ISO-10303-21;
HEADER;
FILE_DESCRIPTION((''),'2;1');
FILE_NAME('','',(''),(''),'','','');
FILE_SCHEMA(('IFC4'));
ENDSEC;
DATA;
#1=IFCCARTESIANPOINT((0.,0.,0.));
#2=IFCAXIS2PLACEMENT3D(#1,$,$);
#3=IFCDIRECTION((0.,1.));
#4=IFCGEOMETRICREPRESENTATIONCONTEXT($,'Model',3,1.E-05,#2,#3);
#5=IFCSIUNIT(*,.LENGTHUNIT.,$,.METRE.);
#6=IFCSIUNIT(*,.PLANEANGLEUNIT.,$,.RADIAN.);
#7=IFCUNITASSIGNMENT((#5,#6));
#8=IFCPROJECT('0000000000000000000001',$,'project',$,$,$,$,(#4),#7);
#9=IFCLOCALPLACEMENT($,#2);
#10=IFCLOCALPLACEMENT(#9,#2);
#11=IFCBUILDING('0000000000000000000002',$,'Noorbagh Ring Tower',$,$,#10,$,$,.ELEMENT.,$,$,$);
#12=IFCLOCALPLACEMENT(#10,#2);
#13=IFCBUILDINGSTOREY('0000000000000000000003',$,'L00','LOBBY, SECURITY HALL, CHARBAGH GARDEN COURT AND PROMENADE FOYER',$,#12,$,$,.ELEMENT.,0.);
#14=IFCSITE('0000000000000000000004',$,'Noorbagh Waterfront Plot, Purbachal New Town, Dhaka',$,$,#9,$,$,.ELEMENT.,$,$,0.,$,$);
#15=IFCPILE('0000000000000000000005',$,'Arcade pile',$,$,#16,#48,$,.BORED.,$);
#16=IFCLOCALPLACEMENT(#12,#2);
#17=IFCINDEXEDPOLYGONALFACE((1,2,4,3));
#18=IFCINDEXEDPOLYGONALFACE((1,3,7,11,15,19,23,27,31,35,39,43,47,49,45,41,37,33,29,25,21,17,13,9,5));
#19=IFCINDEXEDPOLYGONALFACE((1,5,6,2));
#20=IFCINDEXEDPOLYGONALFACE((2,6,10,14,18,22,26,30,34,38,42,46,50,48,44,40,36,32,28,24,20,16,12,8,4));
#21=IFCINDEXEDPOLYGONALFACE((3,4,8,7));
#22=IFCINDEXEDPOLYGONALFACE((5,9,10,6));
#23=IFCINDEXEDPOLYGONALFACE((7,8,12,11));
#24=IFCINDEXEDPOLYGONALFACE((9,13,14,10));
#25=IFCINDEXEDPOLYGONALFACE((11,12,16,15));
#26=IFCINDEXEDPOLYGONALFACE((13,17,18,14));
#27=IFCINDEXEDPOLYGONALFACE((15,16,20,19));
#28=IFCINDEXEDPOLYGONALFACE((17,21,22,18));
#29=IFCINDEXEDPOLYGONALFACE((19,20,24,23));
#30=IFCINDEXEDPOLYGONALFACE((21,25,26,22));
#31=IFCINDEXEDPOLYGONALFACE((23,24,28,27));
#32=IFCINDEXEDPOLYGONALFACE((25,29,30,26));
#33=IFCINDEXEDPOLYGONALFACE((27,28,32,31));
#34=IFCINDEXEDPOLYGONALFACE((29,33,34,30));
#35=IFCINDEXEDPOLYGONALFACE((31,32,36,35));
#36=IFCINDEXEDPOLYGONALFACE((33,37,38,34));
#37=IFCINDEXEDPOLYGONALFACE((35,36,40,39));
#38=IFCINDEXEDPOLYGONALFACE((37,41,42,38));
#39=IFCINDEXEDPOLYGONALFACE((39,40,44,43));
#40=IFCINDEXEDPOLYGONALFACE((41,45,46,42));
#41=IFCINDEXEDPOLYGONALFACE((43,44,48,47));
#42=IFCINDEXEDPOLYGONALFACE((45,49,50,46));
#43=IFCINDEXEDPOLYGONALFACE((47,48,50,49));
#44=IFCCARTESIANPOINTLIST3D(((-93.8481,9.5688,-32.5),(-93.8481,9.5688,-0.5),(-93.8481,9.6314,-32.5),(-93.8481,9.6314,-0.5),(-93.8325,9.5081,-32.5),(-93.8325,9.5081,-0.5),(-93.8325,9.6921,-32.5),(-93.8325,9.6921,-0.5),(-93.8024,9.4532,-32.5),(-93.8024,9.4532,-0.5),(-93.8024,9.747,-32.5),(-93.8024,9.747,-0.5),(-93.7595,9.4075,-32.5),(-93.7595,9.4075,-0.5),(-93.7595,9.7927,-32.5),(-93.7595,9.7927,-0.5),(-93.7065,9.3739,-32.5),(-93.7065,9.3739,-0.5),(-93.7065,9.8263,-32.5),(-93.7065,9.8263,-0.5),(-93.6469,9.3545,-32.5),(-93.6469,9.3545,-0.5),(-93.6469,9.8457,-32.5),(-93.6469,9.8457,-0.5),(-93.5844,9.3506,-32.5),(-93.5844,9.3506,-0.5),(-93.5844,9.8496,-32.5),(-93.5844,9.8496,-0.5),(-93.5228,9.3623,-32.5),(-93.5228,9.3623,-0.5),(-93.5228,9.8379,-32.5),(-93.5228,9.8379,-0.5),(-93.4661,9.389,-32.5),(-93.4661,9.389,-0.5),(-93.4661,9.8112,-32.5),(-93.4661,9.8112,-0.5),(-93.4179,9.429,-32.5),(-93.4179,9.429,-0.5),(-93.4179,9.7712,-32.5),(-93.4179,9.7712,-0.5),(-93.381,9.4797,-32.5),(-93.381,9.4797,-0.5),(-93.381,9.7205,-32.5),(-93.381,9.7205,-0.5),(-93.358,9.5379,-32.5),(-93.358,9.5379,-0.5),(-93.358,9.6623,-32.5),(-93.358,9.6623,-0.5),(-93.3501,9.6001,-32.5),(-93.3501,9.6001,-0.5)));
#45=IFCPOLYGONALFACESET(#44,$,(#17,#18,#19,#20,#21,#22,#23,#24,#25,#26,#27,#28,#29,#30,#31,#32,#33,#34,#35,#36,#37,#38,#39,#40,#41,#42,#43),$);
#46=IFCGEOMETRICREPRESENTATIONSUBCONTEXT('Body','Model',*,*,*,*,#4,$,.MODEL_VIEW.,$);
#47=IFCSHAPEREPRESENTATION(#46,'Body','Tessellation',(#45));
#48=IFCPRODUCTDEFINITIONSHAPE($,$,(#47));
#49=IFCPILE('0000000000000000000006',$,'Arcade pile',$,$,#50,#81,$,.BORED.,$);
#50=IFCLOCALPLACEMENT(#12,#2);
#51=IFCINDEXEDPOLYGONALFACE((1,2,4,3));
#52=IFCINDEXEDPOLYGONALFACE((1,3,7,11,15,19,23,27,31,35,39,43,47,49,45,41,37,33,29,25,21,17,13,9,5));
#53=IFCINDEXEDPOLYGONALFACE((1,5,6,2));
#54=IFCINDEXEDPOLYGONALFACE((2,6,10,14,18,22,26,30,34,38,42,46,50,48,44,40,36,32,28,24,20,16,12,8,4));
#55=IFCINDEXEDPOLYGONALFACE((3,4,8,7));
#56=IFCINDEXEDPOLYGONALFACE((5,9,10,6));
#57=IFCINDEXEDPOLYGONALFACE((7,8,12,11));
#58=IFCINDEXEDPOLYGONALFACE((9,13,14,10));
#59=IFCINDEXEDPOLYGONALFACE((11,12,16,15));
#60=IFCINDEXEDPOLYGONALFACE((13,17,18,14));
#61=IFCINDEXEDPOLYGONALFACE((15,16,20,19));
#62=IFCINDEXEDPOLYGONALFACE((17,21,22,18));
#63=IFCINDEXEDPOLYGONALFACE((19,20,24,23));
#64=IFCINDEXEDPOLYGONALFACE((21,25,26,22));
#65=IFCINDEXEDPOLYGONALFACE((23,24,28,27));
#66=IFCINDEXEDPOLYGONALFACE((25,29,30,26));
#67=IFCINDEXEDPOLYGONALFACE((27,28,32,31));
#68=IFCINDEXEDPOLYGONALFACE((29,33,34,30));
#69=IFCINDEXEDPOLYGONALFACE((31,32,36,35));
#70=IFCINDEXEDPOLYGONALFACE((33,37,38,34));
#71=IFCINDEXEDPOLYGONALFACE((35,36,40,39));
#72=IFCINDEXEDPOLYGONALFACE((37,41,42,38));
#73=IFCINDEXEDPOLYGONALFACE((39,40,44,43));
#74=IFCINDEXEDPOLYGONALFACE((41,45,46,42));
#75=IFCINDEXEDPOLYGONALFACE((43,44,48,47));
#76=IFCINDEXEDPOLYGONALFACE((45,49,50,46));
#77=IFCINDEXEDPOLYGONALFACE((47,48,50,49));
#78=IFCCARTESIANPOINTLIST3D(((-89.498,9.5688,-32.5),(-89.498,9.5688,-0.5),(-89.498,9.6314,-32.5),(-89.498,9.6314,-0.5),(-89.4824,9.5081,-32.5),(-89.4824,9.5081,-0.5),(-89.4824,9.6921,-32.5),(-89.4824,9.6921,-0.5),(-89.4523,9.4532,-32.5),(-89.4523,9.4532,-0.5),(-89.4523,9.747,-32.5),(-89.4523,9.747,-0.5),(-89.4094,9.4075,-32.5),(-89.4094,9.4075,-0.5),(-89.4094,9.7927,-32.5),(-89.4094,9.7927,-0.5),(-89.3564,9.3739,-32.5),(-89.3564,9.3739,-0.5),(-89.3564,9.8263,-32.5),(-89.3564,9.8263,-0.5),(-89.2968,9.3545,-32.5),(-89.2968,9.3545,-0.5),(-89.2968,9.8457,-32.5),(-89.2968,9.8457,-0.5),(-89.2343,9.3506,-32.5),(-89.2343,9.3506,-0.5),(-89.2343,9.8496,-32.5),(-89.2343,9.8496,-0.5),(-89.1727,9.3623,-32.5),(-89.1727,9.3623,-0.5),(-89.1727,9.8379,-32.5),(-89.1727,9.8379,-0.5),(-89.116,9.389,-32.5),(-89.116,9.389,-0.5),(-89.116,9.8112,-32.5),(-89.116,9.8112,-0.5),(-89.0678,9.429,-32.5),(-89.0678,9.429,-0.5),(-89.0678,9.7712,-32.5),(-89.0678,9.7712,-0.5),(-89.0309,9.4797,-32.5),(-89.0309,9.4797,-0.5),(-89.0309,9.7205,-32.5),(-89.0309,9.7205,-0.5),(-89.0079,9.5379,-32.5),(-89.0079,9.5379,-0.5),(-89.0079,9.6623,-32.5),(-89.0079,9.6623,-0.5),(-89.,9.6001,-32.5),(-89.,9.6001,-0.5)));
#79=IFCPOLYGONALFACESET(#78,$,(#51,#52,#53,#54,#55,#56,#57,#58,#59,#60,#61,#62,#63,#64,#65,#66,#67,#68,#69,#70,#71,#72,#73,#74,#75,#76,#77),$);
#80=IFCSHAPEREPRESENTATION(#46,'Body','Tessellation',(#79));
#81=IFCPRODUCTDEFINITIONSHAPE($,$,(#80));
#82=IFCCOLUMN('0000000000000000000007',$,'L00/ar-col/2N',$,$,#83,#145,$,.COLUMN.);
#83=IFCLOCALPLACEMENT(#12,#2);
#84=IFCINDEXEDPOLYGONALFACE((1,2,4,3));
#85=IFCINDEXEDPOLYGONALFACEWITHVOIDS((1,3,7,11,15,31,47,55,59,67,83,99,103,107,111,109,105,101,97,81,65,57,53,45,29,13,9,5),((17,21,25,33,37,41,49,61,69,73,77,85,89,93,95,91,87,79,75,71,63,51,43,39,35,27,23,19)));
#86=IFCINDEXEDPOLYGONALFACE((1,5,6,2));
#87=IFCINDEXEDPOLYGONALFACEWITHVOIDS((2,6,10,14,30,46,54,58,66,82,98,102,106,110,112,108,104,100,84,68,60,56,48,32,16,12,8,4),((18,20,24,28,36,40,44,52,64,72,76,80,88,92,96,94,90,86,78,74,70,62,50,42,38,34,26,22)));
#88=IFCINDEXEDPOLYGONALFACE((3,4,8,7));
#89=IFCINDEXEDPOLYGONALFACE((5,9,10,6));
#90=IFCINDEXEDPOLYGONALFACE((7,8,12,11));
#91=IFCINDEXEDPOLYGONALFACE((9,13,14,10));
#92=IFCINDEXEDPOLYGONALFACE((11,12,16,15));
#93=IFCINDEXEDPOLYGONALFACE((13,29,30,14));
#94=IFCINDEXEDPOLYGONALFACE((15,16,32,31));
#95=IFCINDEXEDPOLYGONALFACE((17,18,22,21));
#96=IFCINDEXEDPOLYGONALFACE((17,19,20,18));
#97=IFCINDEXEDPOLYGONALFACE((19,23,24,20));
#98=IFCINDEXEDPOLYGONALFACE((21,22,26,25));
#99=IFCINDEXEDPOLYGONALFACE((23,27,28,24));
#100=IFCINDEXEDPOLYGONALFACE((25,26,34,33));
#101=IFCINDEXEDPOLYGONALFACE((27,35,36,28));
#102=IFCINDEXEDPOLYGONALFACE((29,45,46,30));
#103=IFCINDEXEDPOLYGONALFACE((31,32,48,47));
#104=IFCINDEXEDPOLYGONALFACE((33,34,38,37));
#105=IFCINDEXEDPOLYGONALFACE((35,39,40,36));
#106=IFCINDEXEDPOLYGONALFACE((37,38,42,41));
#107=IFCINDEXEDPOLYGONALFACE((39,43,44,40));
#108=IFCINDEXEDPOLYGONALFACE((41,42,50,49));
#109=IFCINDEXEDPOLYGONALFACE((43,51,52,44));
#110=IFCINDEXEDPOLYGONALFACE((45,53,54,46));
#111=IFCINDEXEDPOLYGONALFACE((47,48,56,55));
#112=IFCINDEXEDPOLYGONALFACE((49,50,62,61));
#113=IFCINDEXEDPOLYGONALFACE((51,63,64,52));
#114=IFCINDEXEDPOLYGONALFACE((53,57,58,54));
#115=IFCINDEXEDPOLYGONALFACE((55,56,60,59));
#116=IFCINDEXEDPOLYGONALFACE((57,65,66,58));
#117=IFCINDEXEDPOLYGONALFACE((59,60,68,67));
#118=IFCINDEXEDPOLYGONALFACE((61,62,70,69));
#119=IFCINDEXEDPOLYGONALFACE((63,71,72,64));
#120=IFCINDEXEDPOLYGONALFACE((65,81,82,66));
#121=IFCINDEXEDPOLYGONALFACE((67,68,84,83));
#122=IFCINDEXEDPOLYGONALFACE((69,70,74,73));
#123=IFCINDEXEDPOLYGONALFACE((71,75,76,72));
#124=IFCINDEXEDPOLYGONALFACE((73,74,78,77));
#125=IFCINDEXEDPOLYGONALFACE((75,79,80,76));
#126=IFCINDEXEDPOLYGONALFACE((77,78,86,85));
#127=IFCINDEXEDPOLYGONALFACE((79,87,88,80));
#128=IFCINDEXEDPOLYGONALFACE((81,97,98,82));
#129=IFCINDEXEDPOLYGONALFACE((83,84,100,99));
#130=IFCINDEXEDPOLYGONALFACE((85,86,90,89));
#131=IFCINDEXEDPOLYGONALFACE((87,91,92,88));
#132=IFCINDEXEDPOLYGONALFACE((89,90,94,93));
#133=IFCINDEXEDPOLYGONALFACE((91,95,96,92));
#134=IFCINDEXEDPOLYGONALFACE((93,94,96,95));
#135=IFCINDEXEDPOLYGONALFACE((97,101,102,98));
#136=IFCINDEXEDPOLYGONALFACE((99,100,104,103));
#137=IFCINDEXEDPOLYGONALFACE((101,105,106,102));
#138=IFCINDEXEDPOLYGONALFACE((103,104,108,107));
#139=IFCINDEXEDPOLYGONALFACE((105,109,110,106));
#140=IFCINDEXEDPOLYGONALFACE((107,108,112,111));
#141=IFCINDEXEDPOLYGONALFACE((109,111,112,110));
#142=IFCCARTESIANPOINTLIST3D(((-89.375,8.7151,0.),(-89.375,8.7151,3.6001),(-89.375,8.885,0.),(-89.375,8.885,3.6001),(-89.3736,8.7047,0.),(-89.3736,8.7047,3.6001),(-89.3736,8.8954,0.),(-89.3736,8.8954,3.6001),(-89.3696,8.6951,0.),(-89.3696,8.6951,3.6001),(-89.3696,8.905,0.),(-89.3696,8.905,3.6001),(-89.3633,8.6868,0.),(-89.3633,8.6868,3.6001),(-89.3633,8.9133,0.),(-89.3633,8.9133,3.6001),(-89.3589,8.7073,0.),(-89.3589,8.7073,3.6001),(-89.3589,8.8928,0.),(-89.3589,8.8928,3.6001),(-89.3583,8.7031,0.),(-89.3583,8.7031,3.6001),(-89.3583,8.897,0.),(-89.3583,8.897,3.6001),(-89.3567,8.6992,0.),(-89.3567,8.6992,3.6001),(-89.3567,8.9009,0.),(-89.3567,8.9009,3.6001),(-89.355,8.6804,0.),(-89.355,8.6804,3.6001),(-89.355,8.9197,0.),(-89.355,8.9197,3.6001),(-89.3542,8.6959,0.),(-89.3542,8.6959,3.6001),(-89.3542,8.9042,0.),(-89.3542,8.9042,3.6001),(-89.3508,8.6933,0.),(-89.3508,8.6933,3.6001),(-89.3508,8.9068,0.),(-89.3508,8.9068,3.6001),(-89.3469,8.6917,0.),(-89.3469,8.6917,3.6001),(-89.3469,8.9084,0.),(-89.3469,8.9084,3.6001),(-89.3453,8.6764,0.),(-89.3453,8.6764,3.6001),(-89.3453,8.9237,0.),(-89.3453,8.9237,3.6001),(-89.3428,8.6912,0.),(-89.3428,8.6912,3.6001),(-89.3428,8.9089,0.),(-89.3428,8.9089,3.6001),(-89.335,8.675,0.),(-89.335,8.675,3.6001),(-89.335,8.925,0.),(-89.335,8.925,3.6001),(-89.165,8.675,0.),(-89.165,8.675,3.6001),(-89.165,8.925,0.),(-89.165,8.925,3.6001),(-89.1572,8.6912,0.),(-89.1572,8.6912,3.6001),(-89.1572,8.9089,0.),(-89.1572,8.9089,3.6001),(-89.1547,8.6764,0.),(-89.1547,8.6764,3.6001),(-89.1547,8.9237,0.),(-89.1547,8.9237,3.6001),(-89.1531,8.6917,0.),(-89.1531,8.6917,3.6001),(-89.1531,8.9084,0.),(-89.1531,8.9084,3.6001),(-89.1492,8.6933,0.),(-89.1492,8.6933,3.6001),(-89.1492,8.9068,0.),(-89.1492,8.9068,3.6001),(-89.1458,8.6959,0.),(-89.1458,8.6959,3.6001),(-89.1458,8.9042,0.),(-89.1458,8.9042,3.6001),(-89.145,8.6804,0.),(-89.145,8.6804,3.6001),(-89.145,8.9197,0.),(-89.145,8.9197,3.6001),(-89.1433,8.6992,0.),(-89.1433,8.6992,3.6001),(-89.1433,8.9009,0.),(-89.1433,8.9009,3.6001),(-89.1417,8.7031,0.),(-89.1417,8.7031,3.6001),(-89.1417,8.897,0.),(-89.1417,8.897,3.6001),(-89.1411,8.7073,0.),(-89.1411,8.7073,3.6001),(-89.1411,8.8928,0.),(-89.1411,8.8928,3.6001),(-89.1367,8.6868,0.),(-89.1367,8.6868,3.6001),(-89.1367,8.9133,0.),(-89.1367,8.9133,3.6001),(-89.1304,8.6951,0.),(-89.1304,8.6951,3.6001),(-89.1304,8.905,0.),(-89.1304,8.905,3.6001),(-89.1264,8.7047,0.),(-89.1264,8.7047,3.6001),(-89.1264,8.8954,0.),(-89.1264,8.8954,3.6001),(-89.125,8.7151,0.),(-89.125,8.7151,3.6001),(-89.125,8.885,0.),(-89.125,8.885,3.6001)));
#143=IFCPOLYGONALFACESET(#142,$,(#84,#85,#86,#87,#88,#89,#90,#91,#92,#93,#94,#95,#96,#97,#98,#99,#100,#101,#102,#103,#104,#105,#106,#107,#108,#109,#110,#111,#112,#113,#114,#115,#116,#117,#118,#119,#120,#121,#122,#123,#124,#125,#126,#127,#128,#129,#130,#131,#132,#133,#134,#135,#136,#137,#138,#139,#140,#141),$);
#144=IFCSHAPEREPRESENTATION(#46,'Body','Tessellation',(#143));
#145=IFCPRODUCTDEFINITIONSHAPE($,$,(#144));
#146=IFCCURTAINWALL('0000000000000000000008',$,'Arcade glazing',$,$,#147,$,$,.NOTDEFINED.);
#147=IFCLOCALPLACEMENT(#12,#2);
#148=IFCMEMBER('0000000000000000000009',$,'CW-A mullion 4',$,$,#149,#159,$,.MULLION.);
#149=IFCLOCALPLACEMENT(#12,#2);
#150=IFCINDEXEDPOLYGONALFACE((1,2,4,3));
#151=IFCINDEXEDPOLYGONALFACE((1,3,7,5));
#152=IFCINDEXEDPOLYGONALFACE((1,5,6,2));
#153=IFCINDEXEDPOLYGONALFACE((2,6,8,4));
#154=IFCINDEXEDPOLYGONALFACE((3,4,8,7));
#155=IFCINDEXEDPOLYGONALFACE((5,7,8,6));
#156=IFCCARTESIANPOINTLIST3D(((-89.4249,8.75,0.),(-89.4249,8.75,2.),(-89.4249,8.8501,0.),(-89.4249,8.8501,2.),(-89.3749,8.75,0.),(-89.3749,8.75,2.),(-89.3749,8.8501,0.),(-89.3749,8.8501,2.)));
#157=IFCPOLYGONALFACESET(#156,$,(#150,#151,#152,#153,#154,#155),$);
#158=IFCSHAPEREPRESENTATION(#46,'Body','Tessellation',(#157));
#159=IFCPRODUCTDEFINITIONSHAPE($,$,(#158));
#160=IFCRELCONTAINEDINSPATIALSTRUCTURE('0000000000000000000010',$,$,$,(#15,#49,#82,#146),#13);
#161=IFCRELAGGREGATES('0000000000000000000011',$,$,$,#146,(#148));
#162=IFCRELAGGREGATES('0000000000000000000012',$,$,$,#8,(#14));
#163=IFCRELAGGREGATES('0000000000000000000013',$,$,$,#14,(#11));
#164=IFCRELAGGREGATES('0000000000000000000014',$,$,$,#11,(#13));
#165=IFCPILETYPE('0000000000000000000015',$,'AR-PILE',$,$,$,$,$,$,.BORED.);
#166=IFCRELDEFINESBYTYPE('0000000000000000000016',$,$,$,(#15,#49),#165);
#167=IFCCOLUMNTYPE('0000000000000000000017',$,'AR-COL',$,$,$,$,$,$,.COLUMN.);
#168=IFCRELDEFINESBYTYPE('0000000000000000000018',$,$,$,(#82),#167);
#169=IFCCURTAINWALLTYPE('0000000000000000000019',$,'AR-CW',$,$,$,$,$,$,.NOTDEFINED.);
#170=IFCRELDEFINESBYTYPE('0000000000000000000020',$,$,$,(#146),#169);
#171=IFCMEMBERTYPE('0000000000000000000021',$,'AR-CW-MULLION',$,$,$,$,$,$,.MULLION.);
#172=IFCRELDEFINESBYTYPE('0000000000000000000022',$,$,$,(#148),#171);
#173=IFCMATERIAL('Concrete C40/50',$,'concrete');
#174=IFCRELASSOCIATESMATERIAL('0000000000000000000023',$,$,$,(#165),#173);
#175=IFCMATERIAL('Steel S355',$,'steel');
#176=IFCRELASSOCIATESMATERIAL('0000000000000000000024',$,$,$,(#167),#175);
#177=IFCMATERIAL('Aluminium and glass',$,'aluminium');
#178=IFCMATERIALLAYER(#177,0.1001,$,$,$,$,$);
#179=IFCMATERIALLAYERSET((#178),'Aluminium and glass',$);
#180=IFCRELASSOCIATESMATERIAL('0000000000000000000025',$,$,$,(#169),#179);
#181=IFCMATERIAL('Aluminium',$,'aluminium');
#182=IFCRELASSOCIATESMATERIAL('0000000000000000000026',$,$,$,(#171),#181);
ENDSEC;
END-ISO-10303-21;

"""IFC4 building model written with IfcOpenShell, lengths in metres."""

from ifc_helpers import new_model, si_unit, direction, frame, origin, origin_2d, place, context, subcontext, project, spatial, rectangle, hollow_rectangle, circle, extrude, material, layer, layer_set, material_profile, profile_set, type_object, element, aggregate, save


model = new_model("IFC4")

# Units and contexts
model_context = context("Model", 3, precision=1e-05, world=origin(), true_north=direction((0.0, 1.0)))
body_context = subcontext(model_context, "Body", "Model", "MODEL_VIEW")
ifc_project = project(units=[si_unit("LENGTHUNIT", "METRE"), si_unit("PLANEANGLEUNIT", "RADIAN")], contexts=[model_context])

# Site, building, storey
site_placement = place(None, origin())
site = spatial("IfcSite", under=ifc_project, at=site_placement, Name="Noorbagh Waterfront Plot, Purbachal New Town, Dhaka", CompositionType="ELEMENT", RefElevation=0.0)
building_placement = place(site_placement, origin())
building = spatial("IfcBuilding", under=site, at=building_placement, Name="Noorbagh Ring Tower", CompositionType="ELEMENT")
storey_placement = place(building_placement, origin())
storey = spatial("IfcBuildingStorey", under=building, at=storey_placement, Name="L00", Description="LOBBY, SECURITY HALL, CHARBAGH GARDEN COURT AND PROMENADE FOYER", CompositionType="ELEMENT", Elevation=0.0)

# Piles
ifc_material_1 = material(Name="Concrete C40/50", Category="concrete")
ifc_material_profile_1 = material_profile(ifc_material_1, circle(Radius=0.25, at=origin_2d()), Name="PILE500")
ifc_profile_set_1 = profile_set([ifc_material_profile_1], Name="Concrete C40/50")
pile_type = type_object("IfcPileType", Name="AR-PILE", PredefinedType="BORED", material=ifc_profile_set_1)
for number, where, z_axis, x_axis, name in (
    (1, (-93.6001, 9.6001, -0.5), (0.0, 0.0, -1.0), (1.0, 0.0, 0.0), "Arcade pile"),
    (2, (-89.25, 9.6001, -0.5), (0.0, 0.0, -1.0), (1.0, 0.0, 0.0), "Arcade pile"),
):
    element("IfcPile", number, at=place(storey_placement, frame(where, z_axis=z_axis, x_axis=x_axis)), inside=storey, type_object=pile_type, Name=name, PredefinedType="BORED", context=body_context, shape_type="SweptSolid", body=[
        extrude(circle(Radius=0.25, at=origin_2d()), origin(), (0.0, 0.0, 1.0), 32.0),
    ])

# Column
ifc_material_2 = material(Name="Steel S355", Category="steel")
ifc_material_profile_2 = material_profile(ifc_material_2, hollow_rectangle(XDim=0.25, YDim=0.25, WallThickness=0.0161, InnerFilletRadius=0.0161, OuterFilletRadius=0.04, at=origin_2d()), Name="SHS250x250x16")
ifc_profile_set_2 = profile_set([ifc_material_profile_2], Name="Steel S355")
column_type = type_object("IfcColumnType", Name="AR-COL", PredefinedType="COLUMN", material=ifc_profile_set_2)
column_placement = place(storey_placement, frame((-89.25, 8.8, 0.0), z_axis=(0.0, 0.0, 1.0), x_axis=(1.0, 0.0, 0.0)))
element("IfcColumn", 3, at=column_placement, inside=storey, type_object=column_type, Name="L00/ar-col/2N", PredefinedType="COLUMN", context=body_context, shape_type="SweptSolid", body=[
    extrude(hollow_rectangle(XDim=0.25, YDim=0.25, WallThickness=0.0161, InnerFilletRadius=0.0161, OuterFilletRadius=0.04, at=origin_2d()), origin(), (0.0, 0.0, 1.0), 3.6001),
])

# Curtain wall, member
ifc_material_3 = material(Name="Aluminium and glass", Category="aluminium")
ifc_layer_1 = layer(ifc_material_3, 0.1001)
ifc_layer_set_1 = layer_set([ifc_layer_1], Name="Aluminium and glass")
curtain_wall_type_1 = type_object("IfcCurtainWallType", Name="AR-CW", PredefinedType="NOTDEFINED", material=ifc_layer_set_1)
curtain_wall_1_placement = place(storey_placement, origin())
curtain_wall_1 = element("IfcCurtainWall", 4, at=curtain_wall_1_placement, inside=storey, type_object=curtain_wall_type_1, Name="Arcade glazing", PredefinedType="NOTDEFINED")
ifc_material_4 = material(Name="Aluminium", Category="aluminium")
ifc_material_profile_3 = material_profile(ifc_material_4, rectangle(XDim=0.1001, YDim=0.05, at=origin_2d()), Name="AL 100x50")
ifc_profile_set_3 = profile_set([ifc_material_profile_3], Name="Aluminium")
member_type_1 = type_object("IfcMemberType", Name="AR-CW-MULLION", PredefinedType="MULLION", material=ifc_profile_set_3)
member_1_placement = place(storey_placement, frame((-89.3999, 8.8, 0.0), z_axis=(0.0, 0.0, 1.0), x_axis=(0.0, 1.0, 0.0)))
member_1 = element("IfcMember", 5, at=member_1_placement, type_object=member_type_1, Name="CW-A mullion 4", PredefinedType="MULLION", context=body_context, shape_type="SweptSolid", body=[
    extrude(rectangle(XDim=0.1001, YDim=0.05, at=origin_2d()), origin(), (0.0, 0.0, 1.0), 2.0),
])
aggregate(curtain_wall_1, [member_1])

save(model, "model.ifc")
